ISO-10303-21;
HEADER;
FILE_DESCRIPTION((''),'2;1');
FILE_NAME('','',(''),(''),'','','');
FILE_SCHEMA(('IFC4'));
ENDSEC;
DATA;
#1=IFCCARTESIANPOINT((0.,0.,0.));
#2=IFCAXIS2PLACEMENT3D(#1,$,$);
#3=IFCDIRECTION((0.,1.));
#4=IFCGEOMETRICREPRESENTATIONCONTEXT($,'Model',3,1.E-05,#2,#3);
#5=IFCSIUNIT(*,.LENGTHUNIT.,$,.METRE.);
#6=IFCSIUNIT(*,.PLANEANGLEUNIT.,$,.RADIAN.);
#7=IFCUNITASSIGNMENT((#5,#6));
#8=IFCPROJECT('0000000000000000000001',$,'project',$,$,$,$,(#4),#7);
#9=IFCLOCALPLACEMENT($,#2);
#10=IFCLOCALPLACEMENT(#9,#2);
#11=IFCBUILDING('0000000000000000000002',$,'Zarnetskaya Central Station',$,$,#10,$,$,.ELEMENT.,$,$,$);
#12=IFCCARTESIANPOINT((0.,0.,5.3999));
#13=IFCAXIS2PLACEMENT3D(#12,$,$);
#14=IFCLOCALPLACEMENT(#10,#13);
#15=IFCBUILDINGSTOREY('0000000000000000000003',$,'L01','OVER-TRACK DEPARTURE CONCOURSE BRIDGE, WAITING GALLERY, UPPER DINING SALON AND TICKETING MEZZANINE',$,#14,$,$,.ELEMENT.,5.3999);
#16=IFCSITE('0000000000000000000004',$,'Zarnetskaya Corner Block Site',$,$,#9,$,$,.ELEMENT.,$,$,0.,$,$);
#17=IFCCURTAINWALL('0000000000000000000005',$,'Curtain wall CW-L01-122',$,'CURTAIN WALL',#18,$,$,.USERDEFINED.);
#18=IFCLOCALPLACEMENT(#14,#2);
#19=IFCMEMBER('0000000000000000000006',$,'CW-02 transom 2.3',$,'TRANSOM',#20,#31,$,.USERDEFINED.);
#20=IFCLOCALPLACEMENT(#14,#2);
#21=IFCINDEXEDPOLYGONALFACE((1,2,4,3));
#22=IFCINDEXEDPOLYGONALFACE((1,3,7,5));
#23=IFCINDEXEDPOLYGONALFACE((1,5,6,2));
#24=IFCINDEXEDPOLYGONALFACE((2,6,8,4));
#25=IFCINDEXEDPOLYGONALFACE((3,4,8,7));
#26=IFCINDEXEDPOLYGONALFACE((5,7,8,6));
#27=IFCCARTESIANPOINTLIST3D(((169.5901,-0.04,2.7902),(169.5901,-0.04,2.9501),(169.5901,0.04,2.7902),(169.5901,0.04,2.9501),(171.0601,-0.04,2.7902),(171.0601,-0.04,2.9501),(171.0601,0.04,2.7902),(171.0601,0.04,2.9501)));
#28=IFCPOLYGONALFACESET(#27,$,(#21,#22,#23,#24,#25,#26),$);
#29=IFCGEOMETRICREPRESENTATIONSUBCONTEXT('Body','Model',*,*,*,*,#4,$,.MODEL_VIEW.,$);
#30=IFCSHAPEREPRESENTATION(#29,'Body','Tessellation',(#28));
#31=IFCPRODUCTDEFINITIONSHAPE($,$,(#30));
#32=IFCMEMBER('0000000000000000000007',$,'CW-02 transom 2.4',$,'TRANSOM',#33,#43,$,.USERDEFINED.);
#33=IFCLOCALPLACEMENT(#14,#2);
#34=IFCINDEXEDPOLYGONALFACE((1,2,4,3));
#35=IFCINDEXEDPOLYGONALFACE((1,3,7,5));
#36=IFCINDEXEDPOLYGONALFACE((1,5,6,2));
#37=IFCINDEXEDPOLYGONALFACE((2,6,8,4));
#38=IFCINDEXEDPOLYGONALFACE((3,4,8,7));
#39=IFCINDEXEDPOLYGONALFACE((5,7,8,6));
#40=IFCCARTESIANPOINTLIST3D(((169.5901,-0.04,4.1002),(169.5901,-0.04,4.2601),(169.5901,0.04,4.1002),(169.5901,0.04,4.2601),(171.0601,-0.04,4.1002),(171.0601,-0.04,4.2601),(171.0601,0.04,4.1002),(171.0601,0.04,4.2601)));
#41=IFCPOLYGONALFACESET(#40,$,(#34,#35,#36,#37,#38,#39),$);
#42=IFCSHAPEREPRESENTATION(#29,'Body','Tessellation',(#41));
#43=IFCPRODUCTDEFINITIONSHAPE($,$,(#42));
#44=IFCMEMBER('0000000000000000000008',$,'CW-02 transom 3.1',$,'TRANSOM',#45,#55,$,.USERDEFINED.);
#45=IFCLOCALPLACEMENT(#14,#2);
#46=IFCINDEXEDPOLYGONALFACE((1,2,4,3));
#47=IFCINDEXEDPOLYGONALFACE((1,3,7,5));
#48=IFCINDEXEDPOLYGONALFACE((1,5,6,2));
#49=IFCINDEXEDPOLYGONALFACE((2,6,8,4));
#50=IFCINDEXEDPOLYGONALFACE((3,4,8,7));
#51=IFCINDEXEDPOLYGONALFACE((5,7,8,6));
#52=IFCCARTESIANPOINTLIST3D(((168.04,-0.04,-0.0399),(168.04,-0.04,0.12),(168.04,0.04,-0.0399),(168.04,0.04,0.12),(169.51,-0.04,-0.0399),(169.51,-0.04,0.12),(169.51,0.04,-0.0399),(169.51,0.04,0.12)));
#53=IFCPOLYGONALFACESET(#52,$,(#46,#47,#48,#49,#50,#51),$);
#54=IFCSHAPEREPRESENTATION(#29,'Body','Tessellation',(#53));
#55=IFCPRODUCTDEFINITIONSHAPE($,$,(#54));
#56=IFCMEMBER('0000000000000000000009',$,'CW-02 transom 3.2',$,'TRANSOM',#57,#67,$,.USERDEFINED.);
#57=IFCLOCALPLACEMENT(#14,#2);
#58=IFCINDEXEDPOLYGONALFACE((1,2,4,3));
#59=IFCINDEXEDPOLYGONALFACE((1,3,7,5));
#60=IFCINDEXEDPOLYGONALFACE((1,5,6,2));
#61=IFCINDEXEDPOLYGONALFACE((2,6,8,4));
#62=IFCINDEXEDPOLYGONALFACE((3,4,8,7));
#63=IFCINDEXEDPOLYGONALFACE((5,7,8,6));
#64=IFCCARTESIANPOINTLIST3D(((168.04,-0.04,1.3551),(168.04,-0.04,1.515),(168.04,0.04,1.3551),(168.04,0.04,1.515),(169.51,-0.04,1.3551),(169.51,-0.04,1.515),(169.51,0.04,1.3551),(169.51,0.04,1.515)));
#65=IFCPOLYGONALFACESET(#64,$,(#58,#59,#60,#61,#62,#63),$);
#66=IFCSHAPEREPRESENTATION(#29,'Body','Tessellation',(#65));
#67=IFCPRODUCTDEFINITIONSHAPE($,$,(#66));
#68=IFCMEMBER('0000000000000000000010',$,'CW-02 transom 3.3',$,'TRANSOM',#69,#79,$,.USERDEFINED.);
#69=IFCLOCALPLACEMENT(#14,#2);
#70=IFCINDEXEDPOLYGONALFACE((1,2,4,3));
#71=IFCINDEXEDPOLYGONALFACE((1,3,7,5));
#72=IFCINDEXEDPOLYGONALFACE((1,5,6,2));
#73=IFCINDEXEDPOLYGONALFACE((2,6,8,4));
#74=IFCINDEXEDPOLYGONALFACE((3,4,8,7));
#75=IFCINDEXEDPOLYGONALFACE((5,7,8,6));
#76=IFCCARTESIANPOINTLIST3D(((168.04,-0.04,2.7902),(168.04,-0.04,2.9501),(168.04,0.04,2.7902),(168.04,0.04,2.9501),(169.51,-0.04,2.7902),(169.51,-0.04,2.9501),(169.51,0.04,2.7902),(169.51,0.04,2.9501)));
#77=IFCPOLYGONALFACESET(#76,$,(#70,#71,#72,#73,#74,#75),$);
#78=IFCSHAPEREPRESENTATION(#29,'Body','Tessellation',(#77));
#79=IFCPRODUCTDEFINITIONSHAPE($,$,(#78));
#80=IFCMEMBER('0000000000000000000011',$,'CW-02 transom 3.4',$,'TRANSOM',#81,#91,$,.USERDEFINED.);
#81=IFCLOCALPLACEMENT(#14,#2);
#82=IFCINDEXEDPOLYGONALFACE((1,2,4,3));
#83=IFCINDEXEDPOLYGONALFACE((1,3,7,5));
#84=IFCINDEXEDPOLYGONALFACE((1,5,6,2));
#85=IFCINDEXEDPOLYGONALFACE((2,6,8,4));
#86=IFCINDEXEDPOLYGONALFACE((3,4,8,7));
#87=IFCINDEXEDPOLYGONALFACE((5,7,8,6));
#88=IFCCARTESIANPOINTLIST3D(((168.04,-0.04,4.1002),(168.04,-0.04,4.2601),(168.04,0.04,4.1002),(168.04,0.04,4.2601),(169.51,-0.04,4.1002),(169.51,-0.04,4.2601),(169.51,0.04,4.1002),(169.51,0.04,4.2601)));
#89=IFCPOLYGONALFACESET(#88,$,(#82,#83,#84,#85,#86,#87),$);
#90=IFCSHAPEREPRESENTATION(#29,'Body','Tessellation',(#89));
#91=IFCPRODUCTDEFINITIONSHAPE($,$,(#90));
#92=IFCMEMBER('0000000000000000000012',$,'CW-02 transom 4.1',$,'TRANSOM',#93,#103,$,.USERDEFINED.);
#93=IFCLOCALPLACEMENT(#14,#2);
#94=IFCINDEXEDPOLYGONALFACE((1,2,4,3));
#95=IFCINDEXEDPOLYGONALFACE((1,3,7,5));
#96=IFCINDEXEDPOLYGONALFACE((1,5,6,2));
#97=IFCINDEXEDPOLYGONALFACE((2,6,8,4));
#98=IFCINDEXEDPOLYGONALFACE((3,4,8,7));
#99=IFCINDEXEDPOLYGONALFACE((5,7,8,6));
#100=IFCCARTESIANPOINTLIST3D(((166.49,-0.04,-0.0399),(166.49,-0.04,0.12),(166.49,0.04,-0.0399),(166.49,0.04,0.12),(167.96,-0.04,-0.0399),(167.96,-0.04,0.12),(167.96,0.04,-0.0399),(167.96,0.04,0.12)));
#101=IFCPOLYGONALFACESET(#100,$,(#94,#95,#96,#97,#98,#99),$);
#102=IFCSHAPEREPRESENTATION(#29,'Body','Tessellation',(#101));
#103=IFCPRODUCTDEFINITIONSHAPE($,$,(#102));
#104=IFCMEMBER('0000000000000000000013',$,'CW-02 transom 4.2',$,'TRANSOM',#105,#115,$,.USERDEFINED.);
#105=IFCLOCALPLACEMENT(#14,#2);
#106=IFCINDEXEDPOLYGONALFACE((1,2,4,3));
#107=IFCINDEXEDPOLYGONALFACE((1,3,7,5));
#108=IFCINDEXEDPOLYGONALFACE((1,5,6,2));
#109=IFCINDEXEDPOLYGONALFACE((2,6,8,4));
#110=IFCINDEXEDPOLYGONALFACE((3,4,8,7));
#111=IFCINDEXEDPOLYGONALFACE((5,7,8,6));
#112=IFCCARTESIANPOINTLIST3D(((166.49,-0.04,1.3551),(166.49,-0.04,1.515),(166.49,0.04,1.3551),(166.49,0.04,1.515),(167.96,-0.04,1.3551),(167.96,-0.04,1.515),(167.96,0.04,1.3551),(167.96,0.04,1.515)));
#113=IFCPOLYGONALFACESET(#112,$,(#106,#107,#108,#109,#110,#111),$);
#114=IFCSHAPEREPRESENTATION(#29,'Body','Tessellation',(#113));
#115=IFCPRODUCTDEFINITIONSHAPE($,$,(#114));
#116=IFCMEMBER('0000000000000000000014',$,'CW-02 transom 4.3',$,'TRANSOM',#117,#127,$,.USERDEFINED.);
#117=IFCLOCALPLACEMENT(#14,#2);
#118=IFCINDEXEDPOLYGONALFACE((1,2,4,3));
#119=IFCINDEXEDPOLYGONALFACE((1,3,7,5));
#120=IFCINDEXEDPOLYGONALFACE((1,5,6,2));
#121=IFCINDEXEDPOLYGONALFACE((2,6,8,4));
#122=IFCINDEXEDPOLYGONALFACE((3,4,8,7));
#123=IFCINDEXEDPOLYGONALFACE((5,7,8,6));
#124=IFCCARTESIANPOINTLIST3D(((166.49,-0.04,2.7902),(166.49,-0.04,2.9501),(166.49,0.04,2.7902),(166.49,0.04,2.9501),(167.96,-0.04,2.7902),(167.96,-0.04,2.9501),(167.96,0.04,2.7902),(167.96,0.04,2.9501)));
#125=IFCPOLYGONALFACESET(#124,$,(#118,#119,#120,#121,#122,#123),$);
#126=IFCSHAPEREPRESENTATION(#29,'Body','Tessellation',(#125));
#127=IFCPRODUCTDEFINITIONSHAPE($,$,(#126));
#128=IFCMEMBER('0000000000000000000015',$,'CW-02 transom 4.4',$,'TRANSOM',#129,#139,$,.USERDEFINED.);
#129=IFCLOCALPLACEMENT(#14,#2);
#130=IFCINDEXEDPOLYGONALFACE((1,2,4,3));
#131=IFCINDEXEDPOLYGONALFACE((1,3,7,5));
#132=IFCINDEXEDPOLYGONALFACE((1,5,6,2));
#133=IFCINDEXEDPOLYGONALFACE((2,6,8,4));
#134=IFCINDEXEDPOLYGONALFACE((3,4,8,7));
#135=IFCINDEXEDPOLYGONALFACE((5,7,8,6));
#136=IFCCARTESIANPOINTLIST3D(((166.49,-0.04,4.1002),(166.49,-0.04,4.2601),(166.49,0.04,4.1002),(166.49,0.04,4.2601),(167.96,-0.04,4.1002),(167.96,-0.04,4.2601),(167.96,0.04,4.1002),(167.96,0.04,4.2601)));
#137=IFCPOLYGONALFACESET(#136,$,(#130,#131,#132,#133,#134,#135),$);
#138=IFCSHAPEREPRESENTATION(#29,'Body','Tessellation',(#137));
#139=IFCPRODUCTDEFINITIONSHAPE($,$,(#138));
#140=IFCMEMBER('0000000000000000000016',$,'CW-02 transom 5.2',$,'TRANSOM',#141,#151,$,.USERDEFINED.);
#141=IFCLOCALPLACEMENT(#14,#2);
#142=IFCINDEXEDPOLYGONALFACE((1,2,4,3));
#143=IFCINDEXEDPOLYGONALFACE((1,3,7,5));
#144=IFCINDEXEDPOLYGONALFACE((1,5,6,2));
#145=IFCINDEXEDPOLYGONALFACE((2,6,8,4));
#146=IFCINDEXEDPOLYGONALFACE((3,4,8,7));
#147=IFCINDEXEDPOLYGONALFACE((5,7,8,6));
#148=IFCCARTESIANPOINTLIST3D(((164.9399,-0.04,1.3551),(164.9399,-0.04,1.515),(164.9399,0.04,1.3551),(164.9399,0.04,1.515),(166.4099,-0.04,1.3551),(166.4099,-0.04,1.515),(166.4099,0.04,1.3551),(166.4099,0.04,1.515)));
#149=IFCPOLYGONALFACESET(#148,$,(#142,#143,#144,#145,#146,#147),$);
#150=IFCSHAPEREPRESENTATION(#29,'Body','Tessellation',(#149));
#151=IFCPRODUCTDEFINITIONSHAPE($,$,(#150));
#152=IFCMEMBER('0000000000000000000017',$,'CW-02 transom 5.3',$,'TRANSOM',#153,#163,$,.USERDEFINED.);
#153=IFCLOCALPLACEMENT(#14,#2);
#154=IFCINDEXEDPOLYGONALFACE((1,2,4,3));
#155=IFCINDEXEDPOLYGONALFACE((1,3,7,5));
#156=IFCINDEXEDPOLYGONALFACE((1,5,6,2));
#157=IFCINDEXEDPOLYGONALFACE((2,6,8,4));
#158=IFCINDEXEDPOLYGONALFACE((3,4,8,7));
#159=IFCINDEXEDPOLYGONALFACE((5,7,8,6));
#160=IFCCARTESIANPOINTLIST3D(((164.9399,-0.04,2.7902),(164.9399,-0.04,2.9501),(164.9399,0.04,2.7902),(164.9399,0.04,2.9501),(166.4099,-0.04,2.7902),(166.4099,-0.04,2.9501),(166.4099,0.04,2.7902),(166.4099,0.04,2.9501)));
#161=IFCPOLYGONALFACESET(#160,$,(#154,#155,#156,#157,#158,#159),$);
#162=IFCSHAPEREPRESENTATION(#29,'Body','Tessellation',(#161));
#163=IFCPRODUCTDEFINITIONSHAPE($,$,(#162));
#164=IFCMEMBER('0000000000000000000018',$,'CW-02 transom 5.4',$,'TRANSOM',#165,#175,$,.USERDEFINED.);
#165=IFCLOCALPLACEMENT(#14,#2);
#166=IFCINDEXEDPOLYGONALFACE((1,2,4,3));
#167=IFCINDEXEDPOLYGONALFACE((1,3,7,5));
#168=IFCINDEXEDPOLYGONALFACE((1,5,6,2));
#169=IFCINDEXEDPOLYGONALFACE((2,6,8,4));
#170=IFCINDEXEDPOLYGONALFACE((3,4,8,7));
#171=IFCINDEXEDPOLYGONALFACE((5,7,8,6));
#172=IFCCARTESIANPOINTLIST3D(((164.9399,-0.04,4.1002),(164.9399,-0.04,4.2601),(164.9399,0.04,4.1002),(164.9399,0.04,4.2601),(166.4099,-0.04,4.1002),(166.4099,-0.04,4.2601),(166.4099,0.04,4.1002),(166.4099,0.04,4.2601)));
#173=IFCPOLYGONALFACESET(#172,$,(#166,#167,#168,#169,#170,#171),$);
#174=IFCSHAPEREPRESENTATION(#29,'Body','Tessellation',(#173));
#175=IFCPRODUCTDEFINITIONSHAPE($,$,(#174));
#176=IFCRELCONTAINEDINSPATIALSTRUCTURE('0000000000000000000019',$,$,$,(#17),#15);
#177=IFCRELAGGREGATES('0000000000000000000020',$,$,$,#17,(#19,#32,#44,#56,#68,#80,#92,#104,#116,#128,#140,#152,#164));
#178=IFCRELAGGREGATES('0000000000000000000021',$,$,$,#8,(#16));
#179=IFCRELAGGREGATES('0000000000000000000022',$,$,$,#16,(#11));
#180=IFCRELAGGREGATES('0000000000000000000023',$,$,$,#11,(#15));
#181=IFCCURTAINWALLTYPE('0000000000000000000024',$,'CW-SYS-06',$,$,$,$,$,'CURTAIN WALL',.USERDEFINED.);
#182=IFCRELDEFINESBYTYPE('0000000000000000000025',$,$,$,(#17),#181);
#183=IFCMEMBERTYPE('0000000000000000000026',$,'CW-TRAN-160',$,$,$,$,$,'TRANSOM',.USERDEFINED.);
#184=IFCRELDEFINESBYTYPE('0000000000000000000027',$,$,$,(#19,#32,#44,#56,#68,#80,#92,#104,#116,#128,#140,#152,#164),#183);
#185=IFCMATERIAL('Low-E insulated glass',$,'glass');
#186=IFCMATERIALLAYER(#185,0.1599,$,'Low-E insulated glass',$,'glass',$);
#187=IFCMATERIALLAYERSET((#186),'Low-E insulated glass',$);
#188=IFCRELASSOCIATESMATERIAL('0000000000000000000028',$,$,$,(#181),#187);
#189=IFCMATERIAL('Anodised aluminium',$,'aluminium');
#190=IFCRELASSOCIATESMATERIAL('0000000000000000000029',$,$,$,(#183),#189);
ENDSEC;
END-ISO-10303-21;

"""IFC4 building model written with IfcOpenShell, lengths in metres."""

from ifc_helpers import new_model, si_unit, direction, frame, origin, origin_2d, place, context, subcontext, project, spatial, rectangle, extrude, material, layer, layer_set, material_profile, profile_set, type_object, element, aggregate, save


model = new_model("IFC4")

# Units and contexts
model_context = context("Model", 3, precision=1e-05, world=origin(), true_north=direction((0.0, 1.0)))
body_context = subcontext(model_context, "Body", "Model", "MODEL_VIEW")
ifc_project = project(units=[si_unit("LENGTHUNIT", "METRE"), si_unit("PLANEANGLEUNIT", "RADIAN")], contexts=[model_context])

# Site, building, storey
site_placement = place(None, origin())
site = spatial("IfcSite", under=ifc_project, at=site_placement, Name="Zarnetskaya Corner Block Site", CompositionType="ELEMENT", RefElevation=0.0)
building_placement = place(site_placement, origin())
building = spatial("IfcBuilding", under=site, at=building_placement, Name="Zarnetskaya Central Station", CompositionType="ELEMENT")
storey_placement = place(building_placement, frame((0.0, 0.0, 5.3999)))
storey = spatial("IfcBuildingStorey", under=building, at=storey_placement, Name="L01", Description="OVER-TRACK DEPARTURE CONCOURSE BRIDGE, WAITING GALLERY, UPPER DINING SALON AND TICKETING MEZZANINE", CompositionType="ELEMENT", Elevation=5.3999)

# Curtain wall, members
ifc_material_1 = material(Name="Low-E insulated glass", Category="glass")
ifc_layer_1 = layer(ifc_material_1, 0.1599, Name="Low-E insulated glass", Category="glass")
ifc_layer_set_1 = layer_set([ifc_layer_1], Name="Low-E insulated glass")
curtain_wall_type = type_object("IfcCurtainWallType", Name="CW-SYS-06", ElementType="CURTAIN WALL", PredefinedType="USERDEFINED", material=ifc_layer_set_1)
curtain_wall_placement = place(storey_placement, origin())
curtain_wall = element("IfcCurtainWall", 1, at=curtain_wall_placement, inside=storey, type_object=curtain_wall_type, Name="Curtain wall CW-L01-122", ObjectType="CURTAIN WALL", PredefinedType="USERDEFINED")
ifc_material_2 = material(Name="Anodised aluminium", Category="aluminium")
ifc_material_profile_1 = material_profile(ifc_material_2, rectangle(XDim=0.0801, YDim=0.1599, at=origin_2d()), Name="ALU TRAN 80x160")
ifc_profile_set_1 = profile_set([ifc_material_profile_1], Name="Anodised aluminium")
member_type_1 = type_object("IfcMemberType", Name="CW-TRAN-160", ElementType="TRANSOM", PredefinedType="USERDEFINED", material=ifc_profile_set_1)
member_1_placement = place(storey_placement, frame((171.0601, 0.0, 2.8701), z_axis=(-1.0, 0.0, 0.0), x_axis=(0.0, -1.0, 0.0)))
member_1 = element("IfcMember", 2, at=member_1_placement, type_object=member_type_1, Name="CW-02 transom 2.3", ObjectType="TRANSOM", PredefinedType="USERDEFINED", context=body_context, shape_type="SweptSolid", body=[
    extrude(rectangle(XDim=0.0801, YDim=0.1599, at=origin_2d()), origin(), (0.0, 0.0, 1.0), 1.47),
])
member_2_placement = place(storey_placement, frame((171.0601, 0.0, 4.1802), z_axis=(-1.0, 0.0, 0.0), x_axis=(0.0, -1.0, 0.0)))
member_2 = element("IfcMember", 3, at=member_2_placement, type_object=member_type_1, Name="CW-02 transom 2.4", ObjectType="TRANSOM", PredefinedType="USERDEFINED", context=body_context, shape_type="SweptSolid", body=[
    extrude(rectangle(XDim=0.0801, YDim=0.1599, at=origin_2d()), origin(), (0.0, 0.0, 1.0), 1.47),
])
member_3_placement = place(storey_placement, frame((169.51, 0.0, 0.04), z_axis=(-1.0, 0.0, 0.0), x_axis=(0.0, -1.0, 0.0)))
member_3 = element("IfcMember", 4, at=member_3_placement, type_object=member_type_1, Name="CW-02 transom 3.1", ObjectType="TRANSOM", PredefinedType="USERDEFINED", context=body_context, shape_type="SweptSolid", body=[
    extrude(rectangle(XDim=0.0801, YDim=0.1599, at=origin_2d()), origin(), (0.0, 0.0, 1.0), 1.47),
])
member_4_placement = place(storey_placement, frame((169.51, 0.0, 1.4351), z_axis=(-1.0, 0.0, 0.0), x_axis=(0.0, -1.0, 0.0)))
member_4 = element("IfcMember", 5, at=member_4_placement, type_object=member_type_1, Name="CW-02 transom 3.2", ObjectType="TRANSOM", PredefinedType="USERDEFINED", context=body_context, shape_type="SweptSolid", body=[
    extrude(rectangle(XDim=0.0801, YDim=0.1599, at=origin_2d()), origin(), (0.0, 0.0, 1.0), 1.47),
])
member_5_placement = place(storey_placement, frame((169.51, 0.0, 2.8701), z_axis=(-1.0, 0.0, 0.0), x_axis=(0.0, -1.0, 0.0)))
member_5 = element("IfcMember", 6, at=member_5_placement, type_object=member_type_1, Name="CW-02 transom 3.3", ObjectType="TRANSOM", PredefinedType="USERDEFINED", context=body_context, shape_type="SweptSolid", body=[
    extrude(rectangle(XDim=0.0801, YDim=0.1599, at=origin_2d()), origin(), (0.0, 0.0, 1.0), 1.47),
])
member_6_placement = place(storey_placement, frame((169.51, 0.0, 4.1802), z_axis=(-1.0, 0.0, 0.0), x_axis=(0.0, -1.0, 0.0)))
member_6 = element("IfcMember", 7, at=member_6_placement, type_object=member_type_1, Name="CW-02 transom 3.4", ObjectType="TRANSOM", PredefinedType="USERDEFINED", context=body_context, shape_type="SweptSolid", body=[
    extrude(rectangle(XDim=0.0801, YDim=0.1599, at=origin_2d()), origin(), (0.0, 0.0, 1.0), 1.47),
])
member_7_placement = place(storey_placement, frame((167.96, 0.0, 0.04), z_axis=(-1.0, 0.0, 0.0), x_axis=(0.0, -1.0, 0.0)))
member_7 = element("IfcMember", 8, at=member_7_placement, type_object=member_type_1, Name="CW-02 transom 4.1", ObjectType="TRANSOM", PredefinedType="USERDEFINED", context=body_context, shape_type="SweptSolid", body=[
    extrude(rectangle(XDim=0.0801, YDim=0.1599, at=origin_2d()), origin(), (0.0, 0.0, 1.0), 1.47),
])
member_8_placement = place(storey_placement, frame((167.96, 0.0, 1.4351), z_axis=(-1.0, 0.0, 0.0), x_axis=(0.0, -1.0, 0.0)))
member_8 = element("IfcMember", 9, at=member_8_placement, type_object=member_type_1, Name="CW-02 transom 4.2", ObjectType="TRANSOM", PredefinedType="USERDEFINED", context=body_context, shape_type="SweptSolid", body=[
    extrude(rectangle(XDim=0.0801, YDim=0.1599, at=origin_2d()), origin(), (0.0, 0.0, 1.0), 1.47),
])
member_9_placement = place(storey_placement, frame((167.96, 0.0, 2.8701), z_axis=(-1.0, 0.0, 0.0), x_axis=(0.0, -1.0, 0.0)))
member_9 = element("IfcMember", 10, at=member_9_placement, type_object=member_type_1, Name="CW-02 transom 4.3", ObjectType="TRANSOM", PredefinedType="USERDEFINED", context=body_context, shape_type="SweptSolid", body=[
    extrude(rectangle(XDim=0.0801, YDim=0.1599, at=origin_2d()), origin(), (0.0, 0.0, 1.0), 1.47),
])
member_10_placement = place(storey_placement, frame((167.96, 0.0, 4.1802), z_axis=(-1.0, 0.0, 0.0), x_axis=(0.0, -1.0, 0.0)))
member_10 = element("IfcMember", 11, at=member_10_placement, type_object=member_type_1, Name="CW-02 transom 4.4", ObjectType="TRANSOM", PredefinedType="USERDEFINED", context=body_context, shape_type="SweptSolid", body=[
    extrude(rectangle(XDim=0.0801, YDim=0.1599, at=origin_2d()), origin(), (0.0, 0.0, 1.0), 1.47),
])
member_11_placement = place(storey_placement, frame((166.4099, 0.0, 1.4351), z_axis=(-1.0, 0.0, 0.0), x_axis=(0.0, -1.0, 0.0)))
member_11 = element("IfcMember", 12, at=member_11_placement, type_object=member_type_1, Name="CW-02 transom 5.2", ObjectType="TRANSOM", PredefinedType="USERDEFINED", context=body_context, shape_type="SweptSolid", body=[
    extrude(rectangle(XDim=0.0801, YDim=0.1599, at=origin_2d()), origin(), (0.0, 0.0, 1.0), 1.47),
])
member_12_placement = place(storey_placement, frame((166.4099, 0.0, 2.8701), z_axis=(-1.0, 0.0, 0.0), x_axis=(0.0, -1.0, 0.0)))
member_12 = element("IfcMember", 13, at=member_12_placement, type_object=member_type_1, Name="CW-02 transom 5.3", ObjectType="TRANSOM", PredefinedType="USERDEFINED", context=body_context, shape_type="SweptSolid", body=[
    extrude(rectangle(XDim=0.0801, YDim=0.1599, at=origin_2d()), origin(), (0.0, 0.0, 1.0), 1.47),
])
member_13_placement = place(storey_placement, frame((166.4099, 0.0, 4.1802), z_axis=(-1.0, 0.0, 0.0), x_axis=(0.0, -1.0, 0.0)))
member_13 = element("IfcMember", 14, at=member_13_placement, type_object=member_type_1, Name="CW-02 transom 5.4", ObjectType="TRANSOM", PredefinedType="USERDEFINED", context=body_context, shape_type="SweptSolid", body=[
    extrude(rectangle(XDim=0.0801, YDim=0.1599, at=origin_2d()), origin(), (0.0, 0.0, 1.0), 1.47),
])

aggregate(curtain_wall, [member_1, member_2, member_3, member_4, member_5, member_6, member_7, member_8, member_9, member_10, member_11, member_12, member_13])

save(model, "model.ifc")
